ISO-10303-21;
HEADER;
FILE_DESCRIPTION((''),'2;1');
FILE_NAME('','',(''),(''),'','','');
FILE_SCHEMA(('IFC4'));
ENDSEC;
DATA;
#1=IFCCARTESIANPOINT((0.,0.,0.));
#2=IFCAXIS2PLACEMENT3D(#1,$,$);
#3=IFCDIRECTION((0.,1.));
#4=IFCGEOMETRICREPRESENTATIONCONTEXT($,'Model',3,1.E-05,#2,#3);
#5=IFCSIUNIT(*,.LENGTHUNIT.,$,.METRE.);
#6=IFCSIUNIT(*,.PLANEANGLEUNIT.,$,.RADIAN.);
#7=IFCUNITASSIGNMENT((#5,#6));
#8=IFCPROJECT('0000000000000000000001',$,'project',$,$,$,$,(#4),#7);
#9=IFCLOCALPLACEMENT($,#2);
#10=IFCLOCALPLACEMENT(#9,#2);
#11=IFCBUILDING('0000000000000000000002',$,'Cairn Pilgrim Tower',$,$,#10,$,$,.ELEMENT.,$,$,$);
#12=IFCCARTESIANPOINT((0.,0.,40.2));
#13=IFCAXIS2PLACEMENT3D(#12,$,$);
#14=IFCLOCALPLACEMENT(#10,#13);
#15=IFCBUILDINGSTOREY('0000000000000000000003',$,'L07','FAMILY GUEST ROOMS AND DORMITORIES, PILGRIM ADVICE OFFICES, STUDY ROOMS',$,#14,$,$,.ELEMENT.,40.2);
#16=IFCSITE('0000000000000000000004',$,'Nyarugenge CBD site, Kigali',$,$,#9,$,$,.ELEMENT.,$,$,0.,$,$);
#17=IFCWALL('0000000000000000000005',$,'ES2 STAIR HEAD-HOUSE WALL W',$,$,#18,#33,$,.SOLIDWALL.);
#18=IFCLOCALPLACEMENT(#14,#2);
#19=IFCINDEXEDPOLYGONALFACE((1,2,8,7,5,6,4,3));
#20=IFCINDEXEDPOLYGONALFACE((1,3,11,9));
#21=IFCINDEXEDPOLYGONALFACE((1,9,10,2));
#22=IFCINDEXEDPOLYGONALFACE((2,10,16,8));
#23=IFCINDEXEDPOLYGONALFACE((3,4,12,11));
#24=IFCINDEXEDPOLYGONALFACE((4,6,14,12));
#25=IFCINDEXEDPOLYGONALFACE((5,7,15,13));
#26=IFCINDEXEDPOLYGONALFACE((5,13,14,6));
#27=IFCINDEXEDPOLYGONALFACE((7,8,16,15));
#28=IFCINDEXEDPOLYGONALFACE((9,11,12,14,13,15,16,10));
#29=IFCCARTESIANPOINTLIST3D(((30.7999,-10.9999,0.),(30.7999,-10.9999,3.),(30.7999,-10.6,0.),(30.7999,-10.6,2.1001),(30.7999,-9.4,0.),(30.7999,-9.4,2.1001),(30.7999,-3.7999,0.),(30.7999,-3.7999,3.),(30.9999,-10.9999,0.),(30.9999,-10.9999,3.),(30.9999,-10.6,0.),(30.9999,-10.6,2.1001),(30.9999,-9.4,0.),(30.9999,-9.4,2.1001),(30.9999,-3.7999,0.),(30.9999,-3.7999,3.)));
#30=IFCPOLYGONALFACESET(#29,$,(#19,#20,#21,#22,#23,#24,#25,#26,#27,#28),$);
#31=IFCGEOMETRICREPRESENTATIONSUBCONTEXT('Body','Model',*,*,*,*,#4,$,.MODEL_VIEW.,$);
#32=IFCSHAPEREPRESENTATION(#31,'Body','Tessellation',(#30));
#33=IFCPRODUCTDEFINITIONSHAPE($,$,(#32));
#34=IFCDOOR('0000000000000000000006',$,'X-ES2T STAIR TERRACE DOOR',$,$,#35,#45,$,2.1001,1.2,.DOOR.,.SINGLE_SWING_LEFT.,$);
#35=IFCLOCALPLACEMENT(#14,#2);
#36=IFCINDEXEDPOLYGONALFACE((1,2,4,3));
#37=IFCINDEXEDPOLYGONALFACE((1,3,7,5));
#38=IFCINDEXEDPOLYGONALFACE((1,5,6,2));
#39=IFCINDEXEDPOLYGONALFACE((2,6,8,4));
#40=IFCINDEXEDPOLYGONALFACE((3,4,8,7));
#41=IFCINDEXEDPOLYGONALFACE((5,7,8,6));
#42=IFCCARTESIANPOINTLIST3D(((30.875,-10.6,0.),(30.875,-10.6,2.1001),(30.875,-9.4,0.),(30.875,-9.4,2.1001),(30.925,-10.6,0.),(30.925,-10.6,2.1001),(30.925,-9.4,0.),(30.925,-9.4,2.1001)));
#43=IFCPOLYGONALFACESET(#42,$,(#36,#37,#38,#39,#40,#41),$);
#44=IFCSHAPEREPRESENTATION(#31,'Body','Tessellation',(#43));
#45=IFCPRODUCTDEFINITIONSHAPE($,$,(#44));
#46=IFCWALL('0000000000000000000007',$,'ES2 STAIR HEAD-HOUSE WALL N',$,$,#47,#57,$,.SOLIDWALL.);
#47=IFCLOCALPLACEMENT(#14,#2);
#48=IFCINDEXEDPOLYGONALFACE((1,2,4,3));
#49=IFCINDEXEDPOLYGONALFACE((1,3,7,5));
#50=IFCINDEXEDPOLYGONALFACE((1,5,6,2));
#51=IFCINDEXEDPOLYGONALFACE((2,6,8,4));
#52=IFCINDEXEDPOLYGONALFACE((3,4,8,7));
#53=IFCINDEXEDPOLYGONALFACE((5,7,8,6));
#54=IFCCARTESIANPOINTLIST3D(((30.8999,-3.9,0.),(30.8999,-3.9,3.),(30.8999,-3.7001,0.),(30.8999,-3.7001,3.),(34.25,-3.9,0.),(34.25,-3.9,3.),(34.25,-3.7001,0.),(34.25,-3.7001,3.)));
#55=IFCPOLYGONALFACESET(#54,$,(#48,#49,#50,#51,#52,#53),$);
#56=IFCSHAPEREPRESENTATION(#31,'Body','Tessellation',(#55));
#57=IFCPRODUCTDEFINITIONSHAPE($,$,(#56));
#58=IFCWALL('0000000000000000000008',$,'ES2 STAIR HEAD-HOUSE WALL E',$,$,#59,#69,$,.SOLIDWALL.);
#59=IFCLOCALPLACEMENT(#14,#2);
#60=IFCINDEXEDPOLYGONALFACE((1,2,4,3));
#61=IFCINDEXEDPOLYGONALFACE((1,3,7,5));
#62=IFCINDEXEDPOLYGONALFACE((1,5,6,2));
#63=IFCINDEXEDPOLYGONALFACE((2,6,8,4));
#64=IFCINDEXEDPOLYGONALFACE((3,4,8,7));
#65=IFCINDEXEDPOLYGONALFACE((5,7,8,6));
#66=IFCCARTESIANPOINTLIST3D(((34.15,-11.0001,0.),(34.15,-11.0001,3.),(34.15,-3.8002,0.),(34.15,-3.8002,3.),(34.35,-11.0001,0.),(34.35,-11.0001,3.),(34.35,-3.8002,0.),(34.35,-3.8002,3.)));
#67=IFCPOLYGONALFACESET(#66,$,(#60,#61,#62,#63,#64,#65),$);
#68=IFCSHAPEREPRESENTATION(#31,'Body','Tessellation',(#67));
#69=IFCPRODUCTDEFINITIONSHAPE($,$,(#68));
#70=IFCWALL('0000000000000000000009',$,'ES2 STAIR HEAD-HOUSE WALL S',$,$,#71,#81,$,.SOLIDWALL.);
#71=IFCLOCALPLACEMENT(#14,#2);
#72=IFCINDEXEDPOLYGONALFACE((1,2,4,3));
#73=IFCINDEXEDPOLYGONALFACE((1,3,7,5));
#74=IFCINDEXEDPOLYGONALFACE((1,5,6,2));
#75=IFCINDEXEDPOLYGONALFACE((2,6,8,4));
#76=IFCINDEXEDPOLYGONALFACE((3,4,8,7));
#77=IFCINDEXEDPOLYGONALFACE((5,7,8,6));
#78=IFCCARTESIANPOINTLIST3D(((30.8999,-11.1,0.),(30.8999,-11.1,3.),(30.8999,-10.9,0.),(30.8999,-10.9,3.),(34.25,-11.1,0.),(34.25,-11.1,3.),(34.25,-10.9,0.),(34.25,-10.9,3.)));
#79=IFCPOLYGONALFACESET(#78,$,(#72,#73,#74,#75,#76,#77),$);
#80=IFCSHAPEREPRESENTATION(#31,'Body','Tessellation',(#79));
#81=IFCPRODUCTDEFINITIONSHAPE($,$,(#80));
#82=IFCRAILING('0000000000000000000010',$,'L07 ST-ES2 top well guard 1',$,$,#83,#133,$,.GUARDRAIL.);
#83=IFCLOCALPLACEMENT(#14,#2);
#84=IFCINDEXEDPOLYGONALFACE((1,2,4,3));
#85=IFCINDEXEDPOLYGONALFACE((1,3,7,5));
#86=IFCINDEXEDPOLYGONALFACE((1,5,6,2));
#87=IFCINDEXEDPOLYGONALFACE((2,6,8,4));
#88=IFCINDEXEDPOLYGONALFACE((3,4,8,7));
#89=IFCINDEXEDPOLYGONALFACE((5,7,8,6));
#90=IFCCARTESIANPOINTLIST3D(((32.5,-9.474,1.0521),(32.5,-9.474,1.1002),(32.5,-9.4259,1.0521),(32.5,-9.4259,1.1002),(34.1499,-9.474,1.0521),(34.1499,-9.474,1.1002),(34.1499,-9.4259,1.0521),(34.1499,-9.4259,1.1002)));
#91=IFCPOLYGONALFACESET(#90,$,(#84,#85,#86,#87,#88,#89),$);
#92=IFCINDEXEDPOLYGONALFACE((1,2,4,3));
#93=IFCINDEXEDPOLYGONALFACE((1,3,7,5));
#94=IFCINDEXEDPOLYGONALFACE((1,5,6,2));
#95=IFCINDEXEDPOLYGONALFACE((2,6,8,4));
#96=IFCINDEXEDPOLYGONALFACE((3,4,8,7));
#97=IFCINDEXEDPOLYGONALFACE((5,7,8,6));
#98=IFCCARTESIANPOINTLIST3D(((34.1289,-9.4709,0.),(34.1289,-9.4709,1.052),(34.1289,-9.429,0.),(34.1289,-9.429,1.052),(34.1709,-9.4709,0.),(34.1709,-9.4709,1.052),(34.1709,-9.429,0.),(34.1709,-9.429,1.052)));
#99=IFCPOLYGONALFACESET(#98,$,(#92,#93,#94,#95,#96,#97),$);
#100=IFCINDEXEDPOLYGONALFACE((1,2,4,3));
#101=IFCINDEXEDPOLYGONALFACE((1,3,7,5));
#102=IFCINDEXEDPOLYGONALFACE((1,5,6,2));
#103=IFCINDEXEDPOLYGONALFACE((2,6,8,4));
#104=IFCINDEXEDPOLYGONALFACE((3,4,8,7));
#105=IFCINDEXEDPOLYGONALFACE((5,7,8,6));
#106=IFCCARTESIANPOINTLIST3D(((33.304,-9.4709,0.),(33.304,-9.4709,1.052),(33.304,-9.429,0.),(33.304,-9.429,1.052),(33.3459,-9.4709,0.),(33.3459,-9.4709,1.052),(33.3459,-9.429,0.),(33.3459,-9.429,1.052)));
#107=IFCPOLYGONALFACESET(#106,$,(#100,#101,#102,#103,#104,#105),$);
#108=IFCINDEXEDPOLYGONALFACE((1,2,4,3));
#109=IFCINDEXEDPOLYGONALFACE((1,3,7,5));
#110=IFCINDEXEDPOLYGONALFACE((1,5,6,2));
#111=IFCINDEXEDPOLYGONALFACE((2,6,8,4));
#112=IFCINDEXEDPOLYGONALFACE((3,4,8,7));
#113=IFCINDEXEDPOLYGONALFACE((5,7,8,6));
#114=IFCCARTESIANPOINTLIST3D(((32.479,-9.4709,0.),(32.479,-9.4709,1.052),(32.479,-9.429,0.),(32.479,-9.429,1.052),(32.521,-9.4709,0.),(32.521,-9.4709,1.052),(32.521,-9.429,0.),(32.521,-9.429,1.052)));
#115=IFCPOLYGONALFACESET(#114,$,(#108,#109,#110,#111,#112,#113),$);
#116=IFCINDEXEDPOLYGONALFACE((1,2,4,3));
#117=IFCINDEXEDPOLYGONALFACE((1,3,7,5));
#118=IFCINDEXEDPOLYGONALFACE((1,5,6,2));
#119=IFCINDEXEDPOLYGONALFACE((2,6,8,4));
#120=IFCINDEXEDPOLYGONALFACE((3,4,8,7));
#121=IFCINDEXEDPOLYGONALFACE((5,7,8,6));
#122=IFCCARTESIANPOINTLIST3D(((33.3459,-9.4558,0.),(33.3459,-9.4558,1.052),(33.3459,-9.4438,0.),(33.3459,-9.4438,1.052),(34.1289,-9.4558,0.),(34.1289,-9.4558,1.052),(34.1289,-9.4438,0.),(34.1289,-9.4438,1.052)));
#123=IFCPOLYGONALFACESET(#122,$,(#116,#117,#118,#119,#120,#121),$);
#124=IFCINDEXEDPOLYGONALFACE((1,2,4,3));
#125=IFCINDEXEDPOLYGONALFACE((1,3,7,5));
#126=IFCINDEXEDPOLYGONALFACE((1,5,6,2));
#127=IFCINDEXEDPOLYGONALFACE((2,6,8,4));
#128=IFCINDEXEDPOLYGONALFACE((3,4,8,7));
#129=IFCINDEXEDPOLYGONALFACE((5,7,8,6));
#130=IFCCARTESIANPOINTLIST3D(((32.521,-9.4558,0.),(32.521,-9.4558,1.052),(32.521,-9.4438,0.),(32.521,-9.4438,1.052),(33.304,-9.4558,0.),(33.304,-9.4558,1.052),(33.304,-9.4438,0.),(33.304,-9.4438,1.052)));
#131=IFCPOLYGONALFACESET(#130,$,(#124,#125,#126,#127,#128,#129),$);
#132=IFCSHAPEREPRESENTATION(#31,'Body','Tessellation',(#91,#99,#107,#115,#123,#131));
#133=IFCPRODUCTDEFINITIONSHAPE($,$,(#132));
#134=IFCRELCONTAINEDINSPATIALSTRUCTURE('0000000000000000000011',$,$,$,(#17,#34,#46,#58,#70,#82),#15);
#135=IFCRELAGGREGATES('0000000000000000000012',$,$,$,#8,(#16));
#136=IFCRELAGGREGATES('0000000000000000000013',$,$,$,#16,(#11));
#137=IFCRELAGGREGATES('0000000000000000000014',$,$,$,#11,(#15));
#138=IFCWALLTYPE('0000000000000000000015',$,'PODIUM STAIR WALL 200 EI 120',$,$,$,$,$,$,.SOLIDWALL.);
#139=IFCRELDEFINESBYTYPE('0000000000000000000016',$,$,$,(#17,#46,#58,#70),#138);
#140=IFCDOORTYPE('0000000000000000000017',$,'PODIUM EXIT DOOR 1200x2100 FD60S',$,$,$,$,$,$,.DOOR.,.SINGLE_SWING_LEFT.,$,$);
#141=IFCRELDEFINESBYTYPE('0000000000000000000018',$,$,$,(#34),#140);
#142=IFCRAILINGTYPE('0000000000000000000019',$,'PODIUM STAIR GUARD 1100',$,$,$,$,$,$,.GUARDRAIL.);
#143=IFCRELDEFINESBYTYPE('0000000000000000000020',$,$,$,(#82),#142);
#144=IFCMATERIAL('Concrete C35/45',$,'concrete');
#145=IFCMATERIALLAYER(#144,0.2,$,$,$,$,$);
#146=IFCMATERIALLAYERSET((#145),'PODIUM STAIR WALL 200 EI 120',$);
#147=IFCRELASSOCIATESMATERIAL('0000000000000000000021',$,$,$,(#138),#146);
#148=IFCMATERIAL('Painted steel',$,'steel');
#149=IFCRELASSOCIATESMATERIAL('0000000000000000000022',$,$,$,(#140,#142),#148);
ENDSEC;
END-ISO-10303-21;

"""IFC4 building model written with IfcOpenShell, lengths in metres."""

from ifc_helpers import new_model, si_unit, direction, frame, frame_2d, origin, origin_2d, place, context, subcontext, project, spatial, polyline, rectangle, outline, extrude, material, layer, layer_set, type_object, element, fill, save


model = new_model("IFC4")

# Units and contexts
model_context = context("Model", 3, precision=1e-05, world=origin(), true_north=direction((0.0, 1.0)))
body_context = subcontext(model_context, "Body", "Model", "MODEL_VIEW")
ifc_project = project(units=[si_unit("LENGTHUNIT", "METRE"), si_unit("PLANEANGLEUNIT", "RADIAN")], contexts=[model_context])

# Site, building, storey
site_placement = place(None, origin())
site = spatial("IfcSite", under=ifc_project, at=site_placement, Name="Nyarugenge CBD site, Kigali", CompositionType="ELEMENT", RefElevation=0.0)
building_placement = place(site_placement, origin())
building = spatial("IfcBuilding", under=site, at=building_placement, Name="Cairn Pilgrim Tower", CompositionType="ELEMENT")
storey_placement = place(building_placement, frame((0.0, 0.0, 40.2)))
storey = spatial("IfcBuildingStorey", under=building, at=storey_placement, Name="L07", Description="FAMILY GUEST ROOMS AND DORMITORIES, PILGRIM ADVICE OFFICES, STUDY ROOMS", CompositionType="ELEMENT", Elevation=40.2)

# Shared definitions
ifc_material_1 = material(Name="Concrete C35/45", Category="concrete")

# Wall, opening, door
ifc_layer_1 = layer(ifc_material_1, 0.2)
ifc_layer_set_1 = layer_set([ifc_layer_1], Name="PODIUM STAIR WALL 200 EI 120")
wall_type_1 = type_object("IfcWallType", Name="PODIUM STAIR WALL 200 EI 120", PredefinedType="SOLIDWALL", material=ifc_layer_set_1)
wall_1_placement = place(storey_placement, frame((30.8999, -11.0, 0.0), z_axis=(0.0, 0.0, 1.0), x_axis=(0.0, 1.0, 0.0)))
wall_1 = element("IfcWall", 1, at=wall_1_placement, inside=storey, type_object=wall_type_1, Name="ES2 STAIR HEAD-HOUSE WALL W", PredefinedType="SOLIDWALL", context=body_context, shape_type="SweptSolid", body=[
    extrude(rectangle(XDim=7.2, YDim=0.2, at=frame_2d((3.6001, 0.0))), origin(), (0.0, 0.0, 1.0), 3.0),
])
opening_1_placement = place(wall_1_placement, frame((0.3999, 0.0, 0.0)))
opening_1 = element("IfcOpeningElement", 2, at=opening_1_placement, cuts=wall_1, PredefinedType="OPENING", context=body_context, shape_type="SweptSolid", body=[
    extrude(rectangle(XDim=1.2, YDim=2.1001, at=frame_2d((0.6001, 1.05))), frame((0.0, 0.1099, 0.0), z_axis=(0.0, -1.0, 0.0), x_axis=(1.0, 0.0, 0.0)), (0.0, 0.0, 1.0), 0.22),
])
ifc_material_2 = material(Name="Painted steel", Category="steel")
door_type_1 = type_object("IfcDoorType", Name="PODIUM EXIT DOOR 1200x2100 FD60S", OperationType="SINGLE_SWING_LEFT", PredefinedType="DOOR", material=ifc_material_2)
door_1_placement = place(opening_1_placement, origin())
door_1 = element("IfcDoor", 3, at=door_1_placement, inside=storey, type_object=door_type_1, Name="X-ES2T STAIR TERRACE DOOR", OperationType="SINGLE_SWING_LEFT", OverallHeight=2.1001, OverallWidth=1.2, PredefinedType="DOOR", context=body_context, shape_type="SweptSolid", body=[
    extrude(rectangle(XDim=1.2, YDim=2.1001, at=frame_2d((0.6001, 1.05))), frame((0.0, 0.0249, 0.0), z_axis=(0.0, -1.0, 0.0), x_axis=(1.0, 0.0, 0.0)), (0.0, 0.0, 1.0), 0.05),
])
fill(opening_1, door_1)

# Walls
wall_2_placement = place(storey_placement, frame((30.8999, -3.8, 0.0), z_axis=(0.0, 0.0, 1.0), x_axis=(1.0, 0.0, 0.0)))
element("IfcWall", 4, at=wall_2_placement, inside=storey, type_object=wall_type_1, Name="ES2 STAIR HEAD-HOUSE WALL N", PredefinedType="SOLIDWALL", context=body_context, shape_type="SweptSolid", body=[
    extrude(rectangle(XDim=3.3501, YDim=0.2, at=frame_2d((1.675, 0.0))), origin(), (0.0, 0.0, 1.0), 3.0),
])
wall_3_placement = place(storey_placement, frame((34.25, -3.8, 0.0), z_axis=(0.0, 0.0, 1.0), x_axis=(0.0, -1.0, 0.0)))
element("IfcWall", 5, at=wall_3_placement, inside=storey, type_object=wall_type_1, Name="ES2 STAIR HEAD-HOUSE WALL E", PredefinedType="SOLIDWALL", context=body_context, shape_type="SweptSolid", body=[
    extrude(rectangle(XDim=7.2, YDim=0.2, at=frame_2d((3.6001, 0.0))), origin(), (0.0, 0.0, 1.0), 3.0),
])
wall_4_placement = place(storey_placement, frame((34.25, -11.0, 0.0), z_axis=(0.0, 0.0, 1.0), x_axis=(-1.0, 0.0, 0.0)))
element("IfcWall", 6, at=wall_4_placement, inside=storey, type_object=wall_type_1, Name="ES2 STAIR HEAD-HOUSE WALL S", PredefinedType="SOLIDWALL", context=body_context, shape_type="SweptSolid", body=[
    extrude(rectangle(XDim=3.3501, YDim=0.2, at=frame_2d((1.675, 0.0))), origin(), (0.0, 0.0, 1.0), 3.0),
])

# Railing
railing_type = type_object("IfcRailingType", Name="PODIUM STAIR GUARD 1100", PredefinedType="GUARDRAIL", material=ifc_material_2)
railing_placement = place(storey_placement, frame((34.1499, -9.45, 0.0)))
element("IfcRailing", 7, at=railing_placement, inside=storey, type_object=railing_type, Name="L07 ST-ES2 top well guard 1", PredefinedType="GUARDRAIL", context=body_context, shape_type="SweptSolid", body=[
    extrude(rectangle(XDim=0.0481, YDim=0.0481, at=origin_2d()), frame((0.0, 0.0, 1.0762), z_axis=(-1.0, 0.0, 0.0), x_axis=(0.0, -1.0, 0.0)), (0.0, 0.0, 1.0), 1.6499),
    extrude(rectangle(XDim=0.042, YDim=0.042, at=origin_2d()), origin(), (0.0, 0.0, 1.0), 1.052),
    extrude(rectangle(XDim=0.042, YDim=0.042, at=origin_2d()), frame((-0.825, 0.0, 0.0)), (0.0, 0.0, 1.0), 1.052),
    extrude(rectangle(XDim=0.042, YDim=0.042, at=origin_2d()), frame((-1.6499, 0.0, 0.0)), (0.0, 0.0, 1.0), 1.052),
    extrude(outline(polyline([(0.021, 0.0), (0.804, 0.0), (0.804, 1.052), (0.021, 1.052), (0.021, 0.0)])), frame((0.0, -0.0059, 0.0), z_axis=(0.0, 1.0, 0.0), x_axis=(-1.0, 0.0, 0.0)), (0.0, 0.0, 1.0), 0.012),
    extrude(outline(polyline([(0.021, 0.0), (0.804, 0.0), (0.804, 1.052), (0.021, 1.052), (0.021, 0.0)])), frame((-0.825, -0.0059, 0.0), z_axis=(0.0, 1.0, 0.0), x_axis=(-1.0, 0.0, 0.0)), (0.0, 0.0, 1.0), 0.012),
])

save(model, "model.ifc")
